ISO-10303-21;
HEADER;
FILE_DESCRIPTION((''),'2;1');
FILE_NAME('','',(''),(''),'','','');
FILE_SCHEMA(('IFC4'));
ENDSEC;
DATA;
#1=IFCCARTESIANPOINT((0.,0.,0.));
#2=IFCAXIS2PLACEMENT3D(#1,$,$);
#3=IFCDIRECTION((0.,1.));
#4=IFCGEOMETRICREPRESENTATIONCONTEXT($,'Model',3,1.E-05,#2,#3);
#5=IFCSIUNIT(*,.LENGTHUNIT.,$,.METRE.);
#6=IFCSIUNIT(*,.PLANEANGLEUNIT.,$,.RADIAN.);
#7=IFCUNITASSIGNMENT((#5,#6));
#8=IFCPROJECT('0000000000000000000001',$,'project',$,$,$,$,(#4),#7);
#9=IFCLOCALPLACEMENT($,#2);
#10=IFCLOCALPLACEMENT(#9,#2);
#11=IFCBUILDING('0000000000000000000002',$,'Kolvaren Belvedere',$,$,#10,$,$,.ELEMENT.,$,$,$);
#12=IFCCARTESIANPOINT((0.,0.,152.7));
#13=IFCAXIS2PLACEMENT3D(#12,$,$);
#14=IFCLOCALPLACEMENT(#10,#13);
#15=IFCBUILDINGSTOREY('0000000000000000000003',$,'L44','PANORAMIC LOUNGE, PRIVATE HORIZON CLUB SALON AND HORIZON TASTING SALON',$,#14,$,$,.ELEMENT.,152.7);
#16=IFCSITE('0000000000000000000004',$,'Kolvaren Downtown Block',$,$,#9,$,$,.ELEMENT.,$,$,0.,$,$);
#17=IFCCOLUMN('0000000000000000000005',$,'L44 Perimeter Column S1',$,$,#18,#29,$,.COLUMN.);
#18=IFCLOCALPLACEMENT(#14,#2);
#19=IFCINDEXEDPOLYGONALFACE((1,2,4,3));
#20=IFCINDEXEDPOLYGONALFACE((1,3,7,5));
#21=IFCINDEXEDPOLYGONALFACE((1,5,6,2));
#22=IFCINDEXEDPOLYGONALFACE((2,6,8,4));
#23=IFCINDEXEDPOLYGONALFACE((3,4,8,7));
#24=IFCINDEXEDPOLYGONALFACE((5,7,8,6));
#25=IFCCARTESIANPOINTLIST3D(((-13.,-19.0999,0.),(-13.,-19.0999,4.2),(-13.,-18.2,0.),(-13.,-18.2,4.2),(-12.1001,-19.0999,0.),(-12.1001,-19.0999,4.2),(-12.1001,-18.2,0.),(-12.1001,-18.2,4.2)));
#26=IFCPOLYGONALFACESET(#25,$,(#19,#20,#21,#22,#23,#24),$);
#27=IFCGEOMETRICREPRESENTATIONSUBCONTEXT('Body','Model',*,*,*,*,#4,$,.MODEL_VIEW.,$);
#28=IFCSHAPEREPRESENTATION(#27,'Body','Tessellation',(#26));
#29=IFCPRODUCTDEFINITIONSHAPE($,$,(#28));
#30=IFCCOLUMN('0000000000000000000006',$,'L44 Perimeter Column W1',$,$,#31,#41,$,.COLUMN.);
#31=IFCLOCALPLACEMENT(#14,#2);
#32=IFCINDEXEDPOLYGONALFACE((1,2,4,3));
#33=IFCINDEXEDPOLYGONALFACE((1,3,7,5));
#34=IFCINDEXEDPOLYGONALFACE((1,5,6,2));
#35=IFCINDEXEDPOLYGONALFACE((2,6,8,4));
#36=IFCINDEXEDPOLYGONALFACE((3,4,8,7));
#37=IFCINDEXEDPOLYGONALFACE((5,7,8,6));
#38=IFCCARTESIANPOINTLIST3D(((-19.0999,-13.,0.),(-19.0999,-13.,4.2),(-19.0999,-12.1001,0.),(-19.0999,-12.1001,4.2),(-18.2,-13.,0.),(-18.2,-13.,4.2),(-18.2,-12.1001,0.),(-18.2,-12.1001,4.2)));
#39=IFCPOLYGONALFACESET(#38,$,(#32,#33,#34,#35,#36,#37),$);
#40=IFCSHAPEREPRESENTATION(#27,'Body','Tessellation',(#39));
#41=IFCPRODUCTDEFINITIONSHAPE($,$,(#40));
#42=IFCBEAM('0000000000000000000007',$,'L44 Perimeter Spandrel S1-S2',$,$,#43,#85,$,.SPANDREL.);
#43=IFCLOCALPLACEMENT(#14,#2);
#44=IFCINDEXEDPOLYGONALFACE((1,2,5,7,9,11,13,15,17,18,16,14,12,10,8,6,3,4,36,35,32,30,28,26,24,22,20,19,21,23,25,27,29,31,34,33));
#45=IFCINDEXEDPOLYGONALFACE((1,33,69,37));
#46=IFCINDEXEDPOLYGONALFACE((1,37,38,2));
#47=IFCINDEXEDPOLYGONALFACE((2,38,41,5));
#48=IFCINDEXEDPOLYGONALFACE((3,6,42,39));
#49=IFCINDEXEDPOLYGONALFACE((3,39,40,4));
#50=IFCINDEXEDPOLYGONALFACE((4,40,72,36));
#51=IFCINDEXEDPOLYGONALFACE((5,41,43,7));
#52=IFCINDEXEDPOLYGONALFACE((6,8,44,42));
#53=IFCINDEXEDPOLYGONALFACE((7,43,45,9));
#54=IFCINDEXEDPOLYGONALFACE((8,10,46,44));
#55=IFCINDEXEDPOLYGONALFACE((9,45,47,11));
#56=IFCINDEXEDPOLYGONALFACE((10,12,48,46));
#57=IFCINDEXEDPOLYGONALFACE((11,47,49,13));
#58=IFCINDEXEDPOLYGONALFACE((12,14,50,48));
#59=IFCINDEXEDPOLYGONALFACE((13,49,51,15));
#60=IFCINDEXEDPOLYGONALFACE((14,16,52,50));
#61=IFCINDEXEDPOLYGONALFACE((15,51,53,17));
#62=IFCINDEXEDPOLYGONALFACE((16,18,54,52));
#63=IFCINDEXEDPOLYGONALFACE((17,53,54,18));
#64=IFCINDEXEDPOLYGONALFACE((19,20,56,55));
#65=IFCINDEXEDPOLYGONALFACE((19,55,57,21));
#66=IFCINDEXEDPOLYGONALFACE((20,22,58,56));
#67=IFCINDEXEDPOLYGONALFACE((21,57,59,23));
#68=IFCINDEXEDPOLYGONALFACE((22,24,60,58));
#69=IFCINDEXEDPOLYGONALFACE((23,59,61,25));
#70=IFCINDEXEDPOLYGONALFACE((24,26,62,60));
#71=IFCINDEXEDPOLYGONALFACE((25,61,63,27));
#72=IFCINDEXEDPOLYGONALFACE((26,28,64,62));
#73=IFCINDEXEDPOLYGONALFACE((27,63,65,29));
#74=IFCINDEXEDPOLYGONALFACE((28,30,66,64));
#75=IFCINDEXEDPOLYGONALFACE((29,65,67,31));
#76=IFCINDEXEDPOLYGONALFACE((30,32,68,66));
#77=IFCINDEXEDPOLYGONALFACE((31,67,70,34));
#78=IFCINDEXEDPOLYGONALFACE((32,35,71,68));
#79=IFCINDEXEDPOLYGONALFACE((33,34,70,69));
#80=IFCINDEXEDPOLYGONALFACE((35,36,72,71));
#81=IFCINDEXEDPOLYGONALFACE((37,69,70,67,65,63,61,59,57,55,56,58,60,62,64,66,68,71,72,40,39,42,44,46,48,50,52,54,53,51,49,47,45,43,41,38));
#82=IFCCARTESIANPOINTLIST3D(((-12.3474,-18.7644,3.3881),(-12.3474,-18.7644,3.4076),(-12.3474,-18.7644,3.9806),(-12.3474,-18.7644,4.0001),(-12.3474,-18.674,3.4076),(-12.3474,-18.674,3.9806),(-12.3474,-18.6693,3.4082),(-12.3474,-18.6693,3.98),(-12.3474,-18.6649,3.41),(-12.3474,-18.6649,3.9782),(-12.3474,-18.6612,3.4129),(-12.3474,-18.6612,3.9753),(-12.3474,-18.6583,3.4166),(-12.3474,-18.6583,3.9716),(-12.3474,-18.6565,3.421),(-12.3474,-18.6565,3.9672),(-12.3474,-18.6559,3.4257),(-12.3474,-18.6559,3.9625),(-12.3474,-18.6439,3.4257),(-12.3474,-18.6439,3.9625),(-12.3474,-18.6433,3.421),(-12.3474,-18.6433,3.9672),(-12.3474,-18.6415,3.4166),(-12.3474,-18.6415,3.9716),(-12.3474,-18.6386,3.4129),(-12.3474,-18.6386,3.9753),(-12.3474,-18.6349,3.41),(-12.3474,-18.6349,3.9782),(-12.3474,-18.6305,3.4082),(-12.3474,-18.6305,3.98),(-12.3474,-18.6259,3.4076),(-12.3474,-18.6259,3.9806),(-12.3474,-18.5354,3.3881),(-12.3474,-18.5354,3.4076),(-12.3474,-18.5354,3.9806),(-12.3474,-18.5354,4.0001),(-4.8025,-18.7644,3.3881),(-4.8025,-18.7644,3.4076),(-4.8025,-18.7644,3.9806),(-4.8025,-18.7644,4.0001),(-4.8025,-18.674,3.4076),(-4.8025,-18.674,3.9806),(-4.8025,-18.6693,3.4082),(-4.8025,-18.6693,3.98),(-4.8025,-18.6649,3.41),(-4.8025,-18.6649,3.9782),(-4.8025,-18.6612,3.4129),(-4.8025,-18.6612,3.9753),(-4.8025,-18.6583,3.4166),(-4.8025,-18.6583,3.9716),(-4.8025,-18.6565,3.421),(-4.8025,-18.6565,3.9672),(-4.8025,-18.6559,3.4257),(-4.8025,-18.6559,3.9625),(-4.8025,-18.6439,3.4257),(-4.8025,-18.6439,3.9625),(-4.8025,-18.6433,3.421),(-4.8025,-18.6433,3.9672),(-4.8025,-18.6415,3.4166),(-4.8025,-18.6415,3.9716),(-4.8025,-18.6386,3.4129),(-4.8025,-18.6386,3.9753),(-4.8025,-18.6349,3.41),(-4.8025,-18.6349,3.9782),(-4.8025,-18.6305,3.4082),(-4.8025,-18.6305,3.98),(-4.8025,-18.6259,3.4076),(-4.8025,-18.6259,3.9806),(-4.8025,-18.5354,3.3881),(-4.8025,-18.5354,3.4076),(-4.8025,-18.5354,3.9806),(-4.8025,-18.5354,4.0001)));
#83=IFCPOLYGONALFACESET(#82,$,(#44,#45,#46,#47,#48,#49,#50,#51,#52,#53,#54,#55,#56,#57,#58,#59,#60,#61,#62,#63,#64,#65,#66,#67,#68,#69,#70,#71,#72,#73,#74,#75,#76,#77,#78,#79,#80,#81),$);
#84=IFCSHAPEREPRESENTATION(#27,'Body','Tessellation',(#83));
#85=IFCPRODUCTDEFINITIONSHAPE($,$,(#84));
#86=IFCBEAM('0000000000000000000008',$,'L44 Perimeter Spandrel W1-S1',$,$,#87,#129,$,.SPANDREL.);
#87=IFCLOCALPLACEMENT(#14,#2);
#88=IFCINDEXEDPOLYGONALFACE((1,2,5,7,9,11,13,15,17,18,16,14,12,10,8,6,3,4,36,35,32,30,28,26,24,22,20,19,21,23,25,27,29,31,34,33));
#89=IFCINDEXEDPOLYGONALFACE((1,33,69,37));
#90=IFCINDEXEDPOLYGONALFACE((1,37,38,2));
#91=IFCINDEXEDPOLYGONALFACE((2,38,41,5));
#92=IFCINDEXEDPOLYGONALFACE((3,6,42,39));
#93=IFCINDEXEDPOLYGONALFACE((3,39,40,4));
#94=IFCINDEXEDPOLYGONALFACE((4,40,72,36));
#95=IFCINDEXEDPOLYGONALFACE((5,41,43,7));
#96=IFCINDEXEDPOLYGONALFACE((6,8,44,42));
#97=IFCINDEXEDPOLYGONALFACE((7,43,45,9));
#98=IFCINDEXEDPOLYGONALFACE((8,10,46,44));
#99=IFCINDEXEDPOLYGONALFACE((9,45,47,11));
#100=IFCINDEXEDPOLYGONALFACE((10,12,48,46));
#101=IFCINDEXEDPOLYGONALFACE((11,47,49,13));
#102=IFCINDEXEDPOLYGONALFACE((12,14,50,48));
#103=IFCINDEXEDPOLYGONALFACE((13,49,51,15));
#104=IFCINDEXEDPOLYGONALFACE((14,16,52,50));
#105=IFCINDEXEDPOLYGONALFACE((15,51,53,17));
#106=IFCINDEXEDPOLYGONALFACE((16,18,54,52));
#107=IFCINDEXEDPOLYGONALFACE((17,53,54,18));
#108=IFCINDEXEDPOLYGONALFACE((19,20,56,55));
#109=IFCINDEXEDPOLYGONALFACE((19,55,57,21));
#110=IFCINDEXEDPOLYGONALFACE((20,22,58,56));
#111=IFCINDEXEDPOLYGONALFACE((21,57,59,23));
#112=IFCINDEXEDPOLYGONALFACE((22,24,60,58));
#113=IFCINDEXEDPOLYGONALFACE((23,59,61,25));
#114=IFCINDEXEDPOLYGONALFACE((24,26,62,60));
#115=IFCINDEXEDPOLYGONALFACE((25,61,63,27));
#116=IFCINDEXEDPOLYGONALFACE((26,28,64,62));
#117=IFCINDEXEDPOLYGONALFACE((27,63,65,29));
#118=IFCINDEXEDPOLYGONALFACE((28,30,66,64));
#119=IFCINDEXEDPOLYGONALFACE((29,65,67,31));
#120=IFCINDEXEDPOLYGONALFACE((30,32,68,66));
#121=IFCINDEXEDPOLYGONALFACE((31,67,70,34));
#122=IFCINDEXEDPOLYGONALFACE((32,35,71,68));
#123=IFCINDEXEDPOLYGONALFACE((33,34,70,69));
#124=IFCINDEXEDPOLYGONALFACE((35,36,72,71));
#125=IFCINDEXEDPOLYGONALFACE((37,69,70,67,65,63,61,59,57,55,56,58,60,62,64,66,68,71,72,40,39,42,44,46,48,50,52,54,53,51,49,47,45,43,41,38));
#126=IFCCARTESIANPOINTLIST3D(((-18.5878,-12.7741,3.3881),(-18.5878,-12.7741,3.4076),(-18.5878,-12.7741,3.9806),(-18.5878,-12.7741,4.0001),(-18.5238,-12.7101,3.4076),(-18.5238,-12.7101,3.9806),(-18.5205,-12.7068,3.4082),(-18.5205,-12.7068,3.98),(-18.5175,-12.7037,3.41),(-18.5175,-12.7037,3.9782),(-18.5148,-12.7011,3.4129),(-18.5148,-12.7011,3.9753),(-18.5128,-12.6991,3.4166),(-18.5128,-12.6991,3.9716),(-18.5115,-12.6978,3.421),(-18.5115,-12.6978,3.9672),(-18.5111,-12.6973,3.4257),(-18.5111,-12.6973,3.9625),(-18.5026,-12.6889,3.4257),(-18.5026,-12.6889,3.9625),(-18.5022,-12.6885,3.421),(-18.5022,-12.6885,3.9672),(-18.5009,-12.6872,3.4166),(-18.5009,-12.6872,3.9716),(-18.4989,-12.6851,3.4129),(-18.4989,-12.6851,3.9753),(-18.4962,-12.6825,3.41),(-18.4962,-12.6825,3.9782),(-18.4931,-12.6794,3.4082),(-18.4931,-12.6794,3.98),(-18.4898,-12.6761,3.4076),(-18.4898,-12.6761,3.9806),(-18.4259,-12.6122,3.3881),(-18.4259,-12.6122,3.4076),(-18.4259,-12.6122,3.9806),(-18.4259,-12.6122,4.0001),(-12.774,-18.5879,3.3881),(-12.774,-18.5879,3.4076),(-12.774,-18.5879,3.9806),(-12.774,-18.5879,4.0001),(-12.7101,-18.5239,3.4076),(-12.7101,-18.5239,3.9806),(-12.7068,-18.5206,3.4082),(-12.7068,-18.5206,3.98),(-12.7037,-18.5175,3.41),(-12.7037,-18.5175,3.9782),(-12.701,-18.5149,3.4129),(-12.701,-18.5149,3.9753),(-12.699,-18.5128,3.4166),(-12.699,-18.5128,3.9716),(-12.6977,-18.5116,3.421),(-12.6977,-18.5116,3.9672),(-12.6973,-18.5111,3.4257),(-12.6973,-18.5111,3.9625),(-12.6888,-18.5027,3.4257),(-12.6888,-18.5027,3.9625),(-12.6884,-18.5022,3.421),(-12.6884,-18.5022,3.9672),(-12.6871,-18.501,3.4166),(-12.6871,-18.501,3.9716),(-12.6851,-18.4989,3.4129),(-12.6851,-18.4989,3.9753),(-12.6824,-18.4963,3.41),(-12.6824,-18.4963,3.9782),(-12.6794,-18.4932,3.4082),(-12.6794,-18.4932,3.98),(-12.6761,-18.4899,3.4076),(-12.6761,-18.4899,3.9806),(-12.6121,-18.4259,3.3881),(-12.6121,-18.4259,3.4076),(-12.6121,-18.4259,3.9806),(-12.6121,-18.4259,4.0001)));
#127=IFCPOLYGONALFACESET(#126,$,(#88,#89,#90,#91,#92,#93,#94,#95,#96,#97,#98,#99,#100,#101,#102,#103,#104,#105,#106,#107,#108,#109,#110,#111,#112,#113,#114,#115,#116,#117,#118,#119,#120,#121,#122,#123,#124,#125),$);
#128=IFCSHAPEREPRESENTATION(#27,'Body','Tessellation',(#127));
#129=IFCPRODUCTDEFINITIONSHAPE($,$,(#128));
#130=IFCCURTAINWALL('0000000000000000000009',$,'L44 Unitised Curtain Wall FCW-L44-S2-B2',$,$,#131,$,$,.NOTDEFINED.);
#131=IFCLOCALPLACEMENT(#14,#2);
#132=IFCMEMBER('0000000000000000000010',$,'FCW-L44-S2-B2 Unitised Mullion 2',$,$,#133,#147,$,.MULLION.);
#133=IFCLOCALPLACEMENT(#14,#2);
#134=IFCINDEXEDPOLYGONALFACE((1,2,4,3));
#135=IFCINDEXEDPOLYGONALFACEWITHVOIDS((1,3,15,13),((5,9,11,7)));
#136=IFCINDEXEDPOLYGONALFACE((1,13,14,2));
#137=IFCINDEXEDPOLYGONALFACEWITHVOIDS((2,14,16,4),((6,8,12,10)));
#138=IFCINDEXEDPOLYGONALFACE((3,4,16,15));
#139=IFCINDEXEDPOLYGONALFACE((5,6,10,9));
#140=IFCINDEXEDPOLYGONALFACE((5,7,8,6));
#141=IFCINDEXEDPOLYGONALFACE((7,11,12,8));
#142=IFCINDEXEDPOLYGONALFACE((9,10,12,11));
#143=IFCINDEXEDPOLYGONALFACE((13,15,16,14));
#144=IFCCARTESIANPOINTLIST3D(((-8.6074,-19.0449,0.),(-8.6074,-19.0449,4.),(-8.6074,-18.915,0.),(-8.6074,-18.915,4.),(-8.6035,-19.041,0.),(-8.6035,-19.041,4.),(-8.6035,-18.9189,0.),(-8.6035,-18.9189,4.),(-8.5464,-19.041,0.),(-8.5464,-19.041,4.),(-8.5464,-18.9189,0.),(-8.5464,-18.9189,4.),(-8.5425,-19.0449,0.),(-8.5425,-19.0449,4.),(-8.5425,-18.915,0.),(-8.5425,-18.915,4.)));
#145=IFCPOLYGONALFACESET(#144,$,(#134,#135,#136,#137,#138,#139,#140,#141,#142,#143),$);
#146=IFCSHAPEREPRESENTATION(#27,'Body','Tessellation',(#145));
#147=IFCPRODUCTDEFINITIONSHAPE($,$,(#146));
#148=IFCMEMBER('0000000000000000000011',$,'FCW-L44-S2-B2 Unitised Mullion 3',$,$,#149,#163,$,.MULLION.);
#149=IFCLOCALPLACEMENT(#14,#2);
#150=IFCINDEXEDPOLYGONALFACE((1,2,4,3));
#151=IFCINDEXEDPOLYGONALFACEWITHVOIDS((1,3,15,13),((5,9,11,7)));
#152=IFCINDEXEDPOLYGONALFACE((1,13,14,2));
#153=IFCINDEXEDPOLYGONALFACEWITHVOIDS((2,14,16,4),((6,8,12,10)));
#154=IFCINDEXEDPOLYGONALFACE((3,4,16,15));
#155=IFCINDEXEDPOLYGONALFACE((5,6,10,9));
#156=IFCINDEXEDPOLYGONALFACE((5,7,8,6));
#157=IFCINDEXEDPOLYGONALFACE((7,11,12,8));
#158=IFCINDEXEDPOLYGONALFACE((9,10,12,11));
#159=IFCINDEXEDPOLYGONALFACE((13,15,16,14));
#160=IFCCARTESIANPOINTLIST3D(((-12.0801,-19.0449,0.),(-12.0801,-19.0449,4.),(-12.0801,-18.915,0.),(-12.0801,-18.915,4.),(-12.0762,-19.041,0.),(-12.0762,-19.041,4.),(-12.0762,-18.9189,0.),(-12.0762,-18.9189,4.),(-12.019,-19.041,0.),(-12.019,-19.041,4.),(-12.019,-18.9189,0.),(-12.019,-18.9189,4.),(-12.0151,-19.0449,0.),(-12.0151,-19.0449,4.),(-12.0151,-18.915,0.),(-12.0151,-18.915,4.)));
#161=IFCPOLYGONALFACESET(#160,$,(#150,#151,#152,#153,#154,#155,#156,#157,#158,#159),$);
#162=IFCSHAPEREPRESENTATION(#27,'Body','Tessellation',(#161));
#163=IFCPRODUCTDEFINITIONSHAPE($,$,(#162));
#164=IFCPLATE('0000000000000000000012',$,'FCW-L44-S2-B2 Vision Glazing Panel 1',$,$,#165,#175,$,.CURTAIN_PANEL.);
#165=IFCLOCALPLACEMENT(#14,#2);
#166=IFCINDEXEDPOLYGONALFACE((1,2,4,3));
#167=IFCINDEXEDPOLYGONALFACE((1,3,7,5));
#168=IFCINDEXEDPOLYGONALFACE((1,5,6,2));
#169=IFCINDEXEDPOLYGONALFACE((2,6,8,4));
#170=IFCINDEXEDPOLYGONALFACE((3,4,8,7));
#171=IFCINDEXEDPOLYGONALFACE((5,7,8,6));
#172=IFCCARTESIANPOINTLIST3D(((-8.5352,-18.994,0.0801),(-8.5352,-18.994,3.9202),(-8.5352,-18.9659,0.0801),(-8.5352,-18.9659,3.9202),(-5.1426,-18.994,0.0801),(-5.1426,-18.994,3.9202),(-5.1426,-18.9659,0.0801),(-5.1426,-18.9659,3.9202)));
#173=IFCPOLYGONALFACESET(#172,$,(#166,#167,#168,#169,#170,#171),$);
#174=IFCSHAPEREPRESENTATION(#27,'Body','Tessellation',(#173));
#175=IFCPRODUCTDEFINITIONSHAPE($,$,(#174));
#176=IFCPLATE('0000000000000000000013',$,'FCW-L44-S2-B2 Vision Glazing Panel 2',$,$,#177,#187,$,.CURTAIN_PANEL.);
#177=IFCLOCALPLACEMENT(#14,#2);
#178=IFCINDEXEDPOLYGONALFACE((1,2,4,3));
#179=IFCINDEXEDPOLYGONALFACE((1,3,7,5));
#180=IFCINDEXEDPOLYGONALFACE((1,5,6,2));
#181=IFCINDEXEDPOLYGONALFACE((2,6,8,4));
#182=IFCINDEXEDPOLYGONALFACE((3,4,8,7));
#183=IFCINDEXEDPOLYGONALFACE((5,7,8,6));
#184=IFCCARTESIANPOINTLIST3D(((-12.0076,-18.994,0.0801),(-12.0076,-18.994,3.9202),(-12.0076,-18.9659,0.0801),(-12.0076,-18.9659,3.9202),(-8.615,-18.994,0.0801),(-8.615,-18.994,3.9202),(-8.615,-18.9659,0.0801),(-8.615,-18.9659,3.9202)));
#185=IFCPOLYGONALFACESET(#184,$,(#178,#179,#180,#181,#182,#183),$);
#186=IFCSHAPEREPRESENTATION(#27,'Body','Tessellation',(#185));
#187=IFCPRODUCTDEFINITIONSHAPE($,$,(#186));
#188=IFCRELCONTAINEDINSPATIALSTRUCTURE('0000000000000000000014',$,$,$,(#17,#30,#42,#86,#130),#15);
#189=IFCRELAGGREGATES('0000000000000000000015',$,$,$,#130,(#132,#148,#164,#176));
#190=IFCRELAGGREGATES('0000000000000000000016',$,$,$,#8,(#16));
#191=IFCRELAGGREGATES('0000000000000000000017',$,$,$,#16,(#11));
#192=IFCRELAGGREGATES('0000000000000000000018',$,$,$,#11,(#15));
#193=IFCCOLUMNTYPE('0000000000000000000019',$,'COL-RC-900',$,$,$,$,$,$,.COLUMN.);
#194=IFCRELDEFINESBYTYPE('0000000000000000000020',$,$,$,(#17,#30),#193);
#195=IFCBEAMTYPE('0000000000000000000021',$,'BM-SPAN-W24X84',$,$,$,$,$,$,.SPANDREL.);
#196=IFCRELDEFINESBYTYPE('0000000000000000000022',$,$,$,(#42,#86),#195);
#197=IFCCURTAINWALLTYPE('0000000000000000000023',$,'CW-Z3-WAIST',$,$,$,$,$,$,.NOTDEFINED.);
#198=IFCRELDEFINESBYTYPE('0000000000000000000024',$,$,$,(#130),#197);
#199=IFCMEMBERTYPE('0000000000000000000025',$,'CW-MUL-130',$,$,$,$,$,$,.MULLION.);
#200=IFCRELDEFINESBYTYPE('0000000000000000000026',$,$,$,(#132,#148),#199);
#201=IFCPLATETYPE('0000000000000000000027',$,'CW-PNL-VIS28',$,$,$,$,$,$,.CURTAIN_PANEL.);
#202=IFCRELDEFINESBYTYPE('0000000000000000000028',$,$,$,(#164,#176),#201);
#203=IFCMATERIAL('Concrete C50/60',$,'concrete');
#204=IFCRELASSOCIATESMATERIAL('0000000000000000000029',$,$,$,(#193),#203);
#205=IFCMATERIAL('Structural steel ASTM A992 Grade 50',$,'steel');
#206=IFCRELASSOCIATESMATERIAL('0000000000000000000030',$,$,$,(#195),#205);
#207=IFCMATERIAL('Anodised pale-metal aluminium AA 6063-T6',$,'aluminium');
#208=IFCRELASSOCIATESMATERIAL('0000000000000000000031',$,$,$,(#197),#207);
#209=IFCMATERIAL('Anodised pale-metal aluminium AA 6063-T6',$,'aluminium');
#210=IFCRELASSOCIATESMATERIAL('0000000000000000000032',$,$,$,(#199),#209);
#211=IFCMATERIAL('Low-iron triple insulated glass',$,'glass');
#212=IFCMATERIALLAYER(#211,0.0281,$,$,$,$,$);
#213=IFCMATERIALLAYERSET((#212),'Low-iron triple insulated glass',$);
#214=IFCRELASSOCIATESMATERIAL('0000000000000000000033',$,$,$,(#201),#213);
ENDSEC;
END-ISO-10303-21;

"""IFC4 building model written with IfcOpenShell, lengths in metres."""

from ifc_helpers import new_model, si_unit, direction, frame, origin, origin_2d, place, context, subcontext, project, spatial, rectangle, hollow_rectangle, i_section, extrude, material, layer, layer_set, material_profile, profile_set, type_object, element, aggregate, save


model = new_model("IFC4")

# Units and contexts
model_context = context("Model", 3, precision=1e-05, world=origin(), true_north=direction((0.0, 1.0)))
body_context = subcontext(model_context, "Body", "Model", "MODEL_VIEW")
ifc_project = project(units=[si_unit("LENGTHUNIT", "METRE"), si_unit("PLANEANGLEUNIT", "RADIAN")], contexts=[model_context])

# Site, building, storey
site_placement = place(None, origin())
site = spatial("IfcSite", under=ifc_project, at=site_placement, Name="Kolvaren Downtown Block", CompositionType="ELEMENT", RefElevation=0.0)
building_placement = place(site_placement, origin())
building = spatial("IfcBuilding", under=site, at=building_placement, Name="Kolvaren Belvedere", CompositionType="ELEMENT")
storey_placement = place(building_placement, frame((0.0, 0.0, 152.7)))
storey = spatial("IfcBuildingStorey", under=building, at=storey_placement, Name="L44", Description="PANORAMIC LOUNGE, PRIVATE HORIZON CLUB SALON AND HORIZON TASTING SALON", CompositionType="ELEMENT", Elevation=152.7)

# Columns
ifc_material_1 = material(Name="Concrete C50/60", Category="concrete")
ifc_material_profile_1 = material_profile(ifc_material_1, rectangle(XDim=0.8999, YDim=0.8999, at=origin_2d()), Name="RC 900X900")
ifc_profile_set_1 = profile_set([ifc_material_profile_1], Name="Concrete C50/60")
column_type = type_object("IfcColumnType", Name="COL-RC-900", PredefinedType="COLUMN", material=ifc_profile_set_1)
for number, where, z_axis, x_axis, name in (
    (1, (-12.55, -18.6499, 0.0), (0.0, 0.0, 1.0), (1.0, 0.0, 0.0), "L44 Perimeter Column S1"),
    (2, (-18.6499, -12.55, 0.0), (0.0, 0.0, 1.0), (1.0, 0.0, 0.0), "L44 Perimeter Column W1"),
):
    element("IfcColumn", number, at=place(storey_placement, frame(where, z_axis=z_axis, x_axis=x_axis)), inside=storey, type_object=column_type, Name=name, PredefinedType="COLUMN", context=body_context, shape_type="SweptSolid", body=[
        extrude(rectangle(XDim=0.8999, YDim=0.8999, at=origin_2d()), origin(), (0.0, 0.0, 1.0), 4.2),
    ])

# Beams
ifc_material_2 = material(Name="Structural steel ASTM A992 Grade 50", Category="steel")
ifc_material_profile_2 = material_profile(ifc_material_2, i_section(OverallWidth=0.229, OverallDepth=0.6121, WebThickness=0.012, FlangeThickness=0.0195, FilletRadius=0.0181, at=origin_2d()), Name="W24X84")
ifc_profile_set_2 = profile_set([ifc_material_profile_2], Name="Structural steel ASTM A992 Grade 50")
beam_type = type_object("IfcBeamType", Name="BM-SPAN-W24X84", PredefinedType="SPANDREL", material=ifc_profile_set_2)
beam_1_placement = place(storey_placement, frame((-12.3474, -18.6499, 3.6941), z_axis=(1.0, 0.0, 0.0), x_axis=(0.0, 1.0, 0.0)))
element("IfcBeam", 3, at=beam_1_placement, inside=storey, type_object=beam_type, Name="L44 Perimeter Spandrel S1-S2", PredefinedType="SPANDREL", context=body_context, shape_type="SweptSolid", body=[
    extrude(i_section(OverallWidth=0.229, OverallDepth=0.6121, WebThickness=0.012, FlangeThickness=0.0195, FilletRadius=0.0181, at=origin_2d()), origin(), (0.0, 0.0, 1.0), 7.5449),
])
beam_2_placement = place(storey_placement, frame((-18.5068, -12.6931, 3.6941), z_axis=(0.707107, -0.707107, 0.0), x_axis=(0.707107, 0.707107, 0.0)))
element("IfcBeam", 4, at=beam_2_placement, inside=storey, type_object=beam_type, Name="L44 Perimeter Spandrel W1-S1", PredefinedType="SPANDREL", context=body_context, shape_type="SweptSolid", body=[
    extrude(i_section(OverallWidth=0.229, OverallDepth=0.6121, WebThickness=0.012, FlangeThickness=0.0195, FilletRadius=0.0181, at=origin_2d()), origin(), (0.0, 0.0, 1.0), 8.2219),
])

# Curtain wall, members, plates
ifc_material_3 = material(Name="Anodised pale-metal aluminium AA 6063-T6", Category="aluminium")
curtain_wall_type = type_object("IfcCurtainWallType", Name="CW-Z3-WAIST", PredefinedType="NOTDEFINED", material=ifc_material_3)
curtain_wall_placement = place(storey_placement, origin())
curtain_wall = element("IfcCurtainWall", 5, at=curtain_wall_placement, inside=storey, type_object=curtain_wall_type, Name="L44 Unitised Curtain Wall FCW-L44-S2-B2", PredefinedType="NOTDEFINED")
ifc_material_4 = material(Name="Anodised pale-metal aluminium AA 6063-T6", Category="aluminium")
ifc_material_profile_3 = material_profile(ifc_material_4, hollow_rectangle(XDim=0.0649, YDim=0.1299, WallThickness=0.0039, at=origin_2d()), Name="ALU-MUL-130X65")
ifc_profile_set_3 = profile_set([ifc_material_profile_3], Name="Anodised pale-metal aluminium AA 6063-T6")
member_type = type_object("IfcMemberType", Name="CW-MUL-130", PredefinedType="MULLION", material=ifc_profile_set_3)
member_1_placement = place(storey_placement, frame((-8.575, -18.98, 0.0), z_axis=(0.0, 0.0, 1.0), x_axis=(1.0, 0.0, 0.0)))
member_1 = element("IfcMember", 6, at=member_1_placement, type_object=member_type, Name="FCW-L44-S2-B2 Unitised Mullion 2", PredefinedType="MULLION", context=body_context, shape_type="SweptSolid", body=[
    extrude(hollow_rectangle(XDim=0.0649, YDim=0.1299, WallThickness=0.0039, at=origin_2d()), origin(), (0.0, 0.0, 1.0), 4.0),
])
member_2_placement = place(storey_placement, frame((-12.0476, -18.98, 0.0), z_axis=(0.0, 0.0, 1.0), x_axis=(1.0, 0.0, 0.0)))
member_2 = element("IfcMember", 7, at=member_2_placement, type_object=member_type, Name="FCW-L44-S2-B2 Unitised Mullion 3", PredefinedType="MULLION", context=body_context, shape_type="SweptSolid", body=[
    extrude(hollow_rectangle(XDim=0.0649, YDim=0.1299, WallThickness=0.0039, at=origin_2d()), origin(), (0.0, 0.0, 1.0), 4.0),
])
ifc_material_5 = material(Name="Low-iron triple insulated glass", Category="glass")
ifc_layer_1 = layer(ifc_material_5, 0.0281)
ifc_layer_set_1 = layer_set([ifc_layer_1], Name="Low-iron triple insulated glass")
plate_type_1 = type_object("IfcPlateType", Name="CW-PNL-VIS28", PredefinedType="CURTAIN_PANEL", material=ifc_layer_set_1)
plate_1_placement = place(storey_placement, frame((-6.8389, -18.98, 0.0801), z_axis=(0.0, 0.0, 1.0), x_axis=(-1.0, 0.0, 0.0)))
plate_1 = element("IfcPlate", 8, at=plate_1_placement, type_object=plate_type_1, Name="FCW-L44-S2-B2 Vision Glazing Panel 1", PredefinedType="CURTAIN_PANEL", context=body_context, shape_type="SweptSolid", body=[
    extrude(rectangle(XDim=3.3926, YDim=0.0281, at=origin_2d()), origin(), (0.0, 0.0, 1.0), 3.8401),
])
plate_2_placement = place(storey_placement, frame((-10.3113, -18.98, 0.0801), z_axis=(0.0, 0.0, 1.0), x_axis=(-1.0, 0.0, 0.0)))
plate_2 = element("IfcPlate", 9, at=plate_2_placement, type_object=plate_type_1, Name="FCW-L44-S2-B2 Vision Glazing Panel 2", PredefinedType="CURTAIN_PANEL", context=body_context, shape_type="SweptSolid", body=[
    extrude(rectangle(XDim=3.3926, YDim=0.0281, at=origin_2d()), origin(), (0.0, 0.0, 1.0), 3.8401),
])
aggregate(curtain_wall, [member_1, member_2, plate_1, plate_2])

save(model, "model.ifc")
